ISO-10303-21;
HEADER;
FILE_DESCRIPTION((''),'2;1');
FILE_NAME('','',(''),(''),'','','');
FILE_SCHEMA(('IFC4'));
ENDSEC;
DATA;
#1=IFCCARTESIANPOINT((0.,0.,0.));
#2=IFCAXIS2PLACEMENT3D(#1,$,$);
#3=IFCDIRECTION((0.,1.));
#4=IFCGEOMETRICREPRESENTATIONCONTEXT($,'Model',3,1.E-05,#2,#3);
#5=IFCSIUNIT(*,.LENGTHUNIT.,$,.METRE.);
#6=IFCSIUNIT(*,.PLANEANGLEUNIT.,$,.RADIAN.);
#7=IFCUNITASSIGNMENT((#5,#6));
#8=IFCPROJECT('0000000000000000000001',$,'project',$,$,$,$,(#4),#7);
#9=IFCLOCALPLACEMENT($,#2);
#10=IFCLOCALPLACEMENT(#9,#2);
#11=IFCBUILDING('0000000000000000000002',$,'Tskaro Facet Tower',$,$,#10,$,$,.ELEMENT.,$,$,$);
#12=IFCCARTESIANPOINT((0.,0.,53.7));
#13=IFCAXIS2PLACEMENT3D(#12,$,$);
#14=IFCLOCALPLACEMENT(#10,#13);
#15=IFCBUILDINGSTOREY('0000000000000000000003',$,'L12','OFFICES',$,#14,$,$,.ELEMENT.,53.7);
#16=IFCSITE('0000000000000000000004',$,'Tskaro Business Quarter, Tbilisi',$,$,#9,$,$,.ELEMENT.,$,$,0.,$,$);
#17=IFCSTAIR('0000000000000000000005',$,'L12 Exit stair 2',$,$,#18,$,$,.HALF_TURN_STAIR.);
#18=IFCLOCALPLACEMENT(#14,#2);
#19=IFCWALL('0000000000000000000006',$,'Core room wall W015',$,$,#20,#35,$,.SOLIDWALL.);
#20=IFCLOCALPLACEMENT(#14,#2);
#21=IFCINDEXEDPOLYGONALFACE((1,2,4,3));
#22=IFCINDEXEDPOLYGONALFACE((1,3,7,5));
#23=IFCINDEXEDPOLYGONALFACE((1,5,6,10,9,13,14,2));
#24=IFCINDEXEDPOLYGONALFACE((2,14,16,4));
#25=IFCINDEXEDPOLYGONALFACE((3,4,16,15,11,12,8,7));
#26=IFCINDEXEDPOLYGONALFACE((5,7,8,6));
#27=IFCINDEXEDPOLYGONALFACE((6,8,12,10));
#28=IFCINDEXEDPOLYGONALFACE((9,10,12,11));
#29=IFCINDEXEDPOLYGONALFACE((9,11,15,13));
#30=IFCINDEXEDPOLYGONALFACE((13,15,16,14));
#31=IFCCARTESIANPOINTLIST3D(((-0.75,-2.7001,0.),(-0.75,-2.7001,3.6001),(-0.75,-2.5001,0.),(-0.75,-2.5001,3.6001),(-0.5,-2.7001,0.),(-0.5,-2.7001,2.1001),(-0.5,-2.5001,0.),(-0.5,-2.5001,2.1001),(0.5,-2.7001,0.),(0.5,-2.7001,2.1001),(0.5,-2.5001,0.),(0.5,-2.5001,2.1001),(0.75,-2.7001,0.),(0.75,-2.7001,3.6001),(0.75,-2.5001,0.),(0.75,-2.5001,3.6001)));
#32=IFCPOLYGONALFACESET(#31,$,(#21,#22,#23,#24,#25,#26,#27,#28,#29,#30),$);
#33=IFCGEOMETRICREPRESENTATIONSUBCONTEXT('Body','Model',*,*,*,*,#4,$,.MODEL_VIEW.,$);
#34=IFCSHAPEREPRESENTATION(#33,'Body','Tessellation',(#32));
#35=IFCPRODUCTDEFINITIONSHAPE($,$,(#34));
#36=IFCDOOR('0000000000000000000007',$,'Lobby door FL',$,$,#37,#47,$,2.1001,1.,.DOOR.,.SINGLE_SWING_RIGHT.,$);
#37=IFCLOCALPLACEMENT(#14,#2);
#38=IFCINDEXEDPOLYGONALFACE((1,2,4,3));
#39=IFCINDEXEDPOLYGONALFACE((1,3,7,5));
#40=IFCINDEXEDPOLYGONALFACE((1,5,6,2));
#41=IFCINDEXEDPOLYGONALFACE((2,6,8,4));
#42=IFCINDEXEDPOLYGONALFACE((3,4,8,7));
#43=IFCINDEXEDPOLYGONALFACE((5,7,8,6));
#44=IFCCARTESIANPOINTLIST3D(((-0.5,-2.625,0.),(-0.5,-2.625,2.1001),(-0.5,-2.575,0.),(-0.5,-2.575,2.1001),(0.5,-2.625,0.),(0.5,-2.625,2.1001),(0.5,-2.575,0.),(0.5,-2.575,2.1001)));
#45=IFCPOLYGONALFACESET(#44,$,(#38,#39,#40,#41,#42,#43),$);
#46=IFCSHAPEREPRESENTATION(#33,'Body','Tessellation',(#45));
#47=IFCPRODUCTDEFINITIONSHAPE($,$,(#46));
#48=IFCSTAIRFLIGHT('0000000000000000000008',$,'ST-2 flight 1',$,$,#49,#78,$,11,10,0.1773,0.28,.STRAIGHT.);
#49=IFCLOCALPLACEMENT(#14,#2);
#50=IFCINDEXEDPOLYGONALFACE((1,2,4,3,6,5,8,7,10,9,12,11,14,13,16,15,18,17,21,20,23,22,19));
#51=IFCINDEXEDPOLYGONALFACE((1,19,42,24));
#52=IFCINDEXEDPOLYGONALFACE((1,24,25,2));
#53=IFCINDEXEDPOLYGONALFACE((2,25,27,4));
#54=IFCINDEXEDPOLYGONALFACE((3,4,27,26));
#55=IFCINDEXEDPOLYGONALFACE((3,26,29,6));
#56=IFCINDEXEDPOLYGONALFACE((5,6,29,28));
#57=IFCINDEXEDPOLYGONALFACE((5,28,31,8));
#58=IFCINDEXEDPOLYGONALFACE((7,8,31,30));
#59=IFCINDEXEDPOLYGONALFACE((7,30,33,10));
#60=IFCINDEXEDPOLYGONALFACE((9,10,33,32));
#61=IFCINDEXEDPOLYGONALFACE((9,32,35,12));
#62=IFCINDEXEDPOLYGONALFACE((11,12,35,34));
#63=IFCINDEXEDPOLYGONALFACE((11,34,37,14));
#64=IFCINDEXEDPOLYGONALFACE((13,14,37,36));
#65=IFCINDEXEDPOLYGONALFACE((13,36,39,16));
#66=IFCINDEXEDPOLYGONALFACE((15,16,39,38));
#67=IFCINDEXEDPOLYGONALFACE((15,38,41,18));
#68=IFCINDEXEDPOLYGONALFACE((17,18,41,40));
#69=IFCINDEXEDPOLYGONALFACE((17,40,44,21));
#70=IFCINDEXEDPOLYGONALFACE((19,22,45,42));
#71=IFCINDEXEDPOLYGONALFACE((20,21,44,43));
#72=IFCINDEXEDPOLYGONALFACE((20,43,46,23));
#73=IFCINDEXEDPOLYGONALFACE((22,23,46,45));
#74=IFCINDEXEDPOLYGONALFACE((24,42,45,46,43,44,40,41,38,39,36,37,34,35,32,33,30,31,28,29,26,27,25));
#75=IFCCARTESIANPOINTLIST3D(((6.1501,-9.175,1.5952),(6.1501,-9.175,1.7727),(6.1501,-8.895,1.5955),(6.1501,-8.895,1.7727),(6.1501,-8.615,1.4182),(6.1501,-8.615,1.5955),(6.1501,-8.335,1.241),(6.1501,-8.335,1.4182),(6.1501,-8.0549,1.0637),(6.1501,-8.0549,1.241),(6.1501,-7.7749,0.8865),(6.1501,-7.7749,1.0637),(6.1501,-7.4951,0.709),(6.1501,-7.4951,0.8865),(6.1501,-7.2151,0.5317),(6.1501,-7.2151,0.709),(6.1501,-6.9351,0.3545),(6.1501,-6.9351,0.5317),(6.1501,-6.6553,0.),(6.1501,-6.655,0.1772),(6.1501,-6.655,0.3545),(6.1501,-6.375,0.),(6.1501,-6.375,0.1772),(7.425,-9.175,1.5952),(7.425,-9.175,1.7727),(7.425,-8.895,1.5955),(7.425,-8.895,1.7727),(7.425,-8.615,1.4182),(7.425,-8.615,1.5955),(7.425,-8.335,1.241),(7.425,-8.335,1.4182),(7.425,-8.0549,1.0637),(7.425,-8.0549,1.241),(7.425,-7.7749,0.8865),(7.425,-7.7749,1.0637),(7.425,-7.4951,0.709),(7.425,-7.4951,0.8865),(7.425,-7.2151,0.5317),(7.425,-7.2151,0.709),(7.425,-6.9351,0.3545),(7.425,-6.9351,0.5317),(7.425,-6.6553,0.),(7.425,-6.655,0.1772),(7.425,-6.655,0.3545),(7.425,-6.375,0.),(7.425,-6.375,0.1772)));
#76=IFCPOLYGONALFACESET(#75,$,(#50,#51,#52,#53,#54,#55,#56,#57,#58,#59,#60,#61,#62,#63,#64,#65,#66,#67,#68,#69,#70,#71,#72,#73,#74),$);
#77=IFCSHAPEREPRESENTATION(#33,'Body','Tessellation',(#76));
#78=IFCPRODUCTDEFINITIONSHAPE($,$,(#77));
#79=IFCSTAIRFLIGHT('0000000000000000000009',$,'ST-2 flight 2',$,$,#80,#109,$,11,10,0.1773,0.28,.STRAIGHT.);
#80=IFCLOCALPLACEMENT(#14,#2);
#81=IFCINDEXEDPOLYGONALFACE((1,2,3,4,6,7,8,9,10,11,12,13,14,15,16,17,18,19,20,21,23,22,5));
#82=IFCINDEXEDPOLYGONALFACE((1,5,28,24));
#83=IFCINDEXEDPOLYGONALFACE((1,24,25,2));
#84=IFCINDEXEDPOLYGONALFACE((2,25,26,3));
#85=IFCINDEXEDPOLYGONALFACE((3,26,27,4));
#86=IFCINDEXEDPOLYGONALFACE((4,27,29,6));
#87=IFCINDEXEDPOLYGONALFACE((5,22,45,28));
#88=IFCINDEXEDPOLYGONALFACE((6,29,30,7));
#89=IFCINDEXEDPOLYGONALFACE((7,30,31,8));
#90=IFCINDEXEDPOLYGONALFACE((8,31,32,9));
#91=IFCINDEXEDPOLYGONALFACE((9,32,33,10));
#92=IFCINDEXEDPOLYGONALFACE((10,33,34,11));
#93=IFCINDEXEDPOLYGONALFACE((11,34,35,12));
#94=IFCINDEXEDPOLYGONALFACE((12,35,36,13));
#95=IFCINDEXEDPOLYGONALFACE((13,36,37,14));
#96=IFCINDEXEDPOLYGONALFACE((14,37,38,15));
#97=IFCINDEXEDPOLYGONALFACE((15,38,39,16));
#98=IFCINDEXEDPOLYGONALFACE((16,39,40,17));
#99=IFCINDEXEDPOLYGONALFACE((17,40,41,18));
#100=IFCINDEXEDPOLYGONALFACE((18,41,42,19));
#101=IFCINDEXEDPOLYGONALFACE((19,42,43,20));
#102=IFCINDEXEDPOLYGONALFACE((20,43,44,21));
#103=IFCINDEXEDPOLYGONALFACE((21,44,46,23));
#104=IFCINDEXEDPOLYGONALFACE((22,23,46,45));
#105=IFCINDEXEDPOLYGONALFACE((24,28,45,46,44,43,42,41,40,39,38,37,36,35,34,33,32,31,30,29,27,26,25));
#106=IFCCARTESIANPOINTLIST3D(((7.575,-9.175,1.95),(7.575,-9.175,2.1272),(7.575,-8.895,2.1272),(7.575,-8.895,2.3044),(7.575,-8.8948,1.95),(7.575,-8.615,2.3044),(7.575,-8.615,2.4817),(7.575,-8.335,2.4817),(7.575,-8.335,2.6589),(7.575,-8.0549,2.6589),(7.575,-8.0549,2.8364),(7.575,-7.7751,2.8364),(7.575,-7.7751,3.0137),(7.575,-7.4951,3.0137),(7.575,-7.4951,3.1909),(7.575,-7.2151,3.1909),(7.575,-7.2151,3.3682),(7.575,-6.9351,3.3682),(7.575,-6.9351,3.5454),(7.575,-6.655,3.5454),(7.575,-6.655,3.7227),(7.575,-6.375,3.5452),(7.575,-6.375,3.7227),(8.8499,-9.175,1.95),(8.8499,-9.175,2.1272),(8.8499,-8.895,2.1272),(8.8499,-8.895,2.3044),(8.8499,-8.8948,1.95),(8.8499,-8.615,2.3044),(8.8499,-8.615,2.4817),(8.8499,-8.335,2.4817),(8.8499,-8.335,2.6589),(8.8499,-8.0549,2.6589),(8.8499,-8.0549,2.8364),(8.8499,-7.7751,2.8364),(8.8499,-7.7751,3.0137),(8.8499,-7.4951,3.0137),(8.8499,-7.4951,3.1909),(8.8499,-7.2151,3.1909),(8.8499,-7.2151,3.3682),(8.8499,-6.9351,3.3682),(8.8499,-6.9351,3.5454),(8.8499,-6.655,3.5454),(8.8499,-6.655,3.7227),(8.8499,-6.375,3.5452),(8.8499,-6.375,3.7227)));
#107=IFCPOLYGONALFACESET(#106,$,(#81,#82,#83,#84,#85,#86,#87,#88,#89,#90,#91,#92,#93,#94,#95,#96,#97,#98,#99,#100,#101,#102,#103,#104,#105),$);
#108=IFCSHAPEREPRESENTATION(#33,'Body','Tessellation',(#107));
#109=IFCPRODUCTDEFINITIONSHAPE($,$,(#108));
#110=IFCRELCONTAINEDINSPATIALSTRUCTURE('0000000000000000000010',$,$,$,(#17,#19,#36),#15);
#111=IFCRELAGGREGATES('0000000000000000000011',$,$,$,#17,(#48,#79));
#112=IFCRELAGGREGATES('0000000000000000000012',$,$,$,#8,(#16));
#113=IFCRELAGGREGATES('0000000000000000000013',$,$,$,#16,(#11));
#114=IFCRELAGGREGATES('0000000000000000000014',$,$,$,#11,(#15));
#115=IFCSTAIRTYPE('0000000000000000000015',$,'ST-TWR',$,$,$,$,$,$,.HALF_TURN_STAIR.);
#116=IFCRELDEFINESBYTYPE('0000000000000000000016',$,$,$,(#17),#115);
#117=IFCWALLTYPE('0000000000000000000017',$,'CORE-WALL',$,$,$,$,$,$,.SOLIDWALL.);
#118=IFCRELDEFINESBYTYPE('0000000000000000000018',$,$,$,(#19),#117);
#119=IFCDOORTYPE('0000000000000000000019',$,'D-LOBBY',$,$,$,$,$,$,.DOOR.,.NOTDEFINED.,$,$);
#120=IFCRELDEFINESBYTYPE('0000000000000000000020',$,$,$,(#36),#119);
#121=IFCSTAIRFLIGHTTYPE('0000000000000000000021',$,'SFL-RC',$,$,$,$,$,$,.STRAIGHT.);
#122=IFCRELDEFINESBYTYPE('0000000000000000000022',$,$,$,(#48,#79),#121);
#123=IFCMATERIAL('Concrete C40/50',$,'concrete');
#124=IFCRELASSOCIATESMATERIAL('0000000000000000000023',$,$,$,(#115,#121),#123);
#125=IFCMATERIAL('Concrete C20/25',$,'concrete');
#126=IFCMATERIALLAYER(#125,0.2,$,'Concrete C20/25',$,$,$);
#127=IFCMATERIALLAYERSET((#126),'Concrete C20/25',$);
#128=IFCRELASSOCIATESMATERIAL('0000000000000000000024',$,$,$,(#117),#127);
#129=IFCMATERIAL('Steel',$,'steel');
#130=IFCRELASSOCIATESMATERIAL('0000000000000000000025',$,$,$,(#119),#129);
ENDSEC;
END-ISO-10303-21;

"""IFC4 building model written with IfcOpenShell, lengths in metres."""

from ifc_helpers import new_model, si_unit, direction, frame, frame_2d, origin, place, context, subcontext, project, spatial, polyline, rectangle, outline, extrude, material, layer, layer_set, type_object, element, fill, aggregate, save


model = new_model("IFC4")

# Units and contexts
model_context = context("Model", 3, precision=1e-05, world=origin(), true_north=direction((0.0, 1.0)))
body_context = subcontext(model_context, "Body", "Model", "MODEL_VIEW")
ifc_project = project(units=[si_unit("LENGTHUNIT", "METRE"), si_unit("PLANEANGLEUNIT", "RADIAN")], contexts=[model_context])

# Site, building, storey
site_placement = place(None, origin())
site = spatial("IfcSite", under=ifc_project, at=site_placement, Name="Tskaro Business Quarter, Tbilisi", CompositionType="ELEMENT", RefElevation=0.0)
building_placement = place(site_placement, origin())
building = spatial("IfcBuilding", under=site, at=building_placement, Name="Tskaro Facet Tower", CompositionType="ELEMENT")
storey_placement = place(building_placement, frame((0.0, 0.0, 53.7)))
storey = spatial("IfcBuildingStorey", under=building, at=storey_placement, Name="L12", Description="OFFICES", CompositionType="ELEMENT", Elevation=53.7)

# Stair
ifc_material_1 = material(Name="Concrete C40/50", Category="concrete")
stair_type = type_object("IfcStairType", Name="ST-TWR", PredefinedType="HALF_TURN_STAIR", material=ifc_material_1)
stair_1_placement = place(storey_placement, origin())
stair_1 = element("IfcStair", 1, at=stair_1_placement, inside=storey, type_object=stair_type, Name="L12 Exit stair 2", PredefinedType="HALF_TURN_STAIR")

# Shared definitions
ifc_material_2 = material(Name="Steel", Category="steel")

# Wall, opening, door
ifc_material_3 = material(Name="Concrete C20/25", Category="concrete")
ifc_layer_1 = layer(ifc_material_3, 0.2, Name="Concrete C20/25")
ifc_layer_set_1 = layer_set([ifc_layer_1], Name="Concrete C20/25")
wall_type_1 = type_object("IfcWallType", Name="CORE-WALL", PredefinedType="SOLIDWALL", material=ifc_layer_set_1)
wall_1_placement = place(storey_placement, frame((0.75, -2.6001, 0.0), z_axis=(0.0, 0.0, 1.0), x_axis=(-1.0, 0.0, 0.0)))
wall_1 = element("IfcWall", 2, at=wall_1_placement, inside=storey, type_object=wall_type_1, Name="Core room wall W015", PredefinedType="SOLIDWALL", context=body_context, shape_type="SweptSolid", body=[
    extrude(rectangle(XDim=1.5, YDim=0.2, at=frame_2d((0.75, 0.0))), origin(), (0.0, 0.0, 1.0), 3.6001),
])
opening_1_placement = place(wall_1_placement, frame((0.25, 0.0, 0.0)))
opening_1 = element("IfcOpeningElement", 3, at=opening_1_placement, cuts=wall_1, PredefinedType="OPENING", context=body_context, shape_type="SweptSolid", body=[
    extrude(rectangle(XDim=1.0, YDim=2.1001, at=frame_2d((0.5, 1.05))), frame((0.0, 0.1099, 0.0), z_axis=(0.0, -1.0, 0.0), x_axis=(1.0, 0.0, 0.0)), (0.0, 0.0, 1.0), 0.22),
])
door_type_1 = type_object("IfcDoorType", Name="D-LOBBY", OperationType="NOTDEFINED", PredefinedType="DOOR", material=ifc_material_2)
door_1_placement = place(opening_1_placement, origin())
door_1 = element("IfcDoor", 4, at=door_1_placement, inside=storey, type_object=door_type_1, Name="Lobby door FL", OperationType="SINGLE_SWING_RIGHT", OverallHeight=2.1001, OverallWidth=1.0, PredefinedType="DOOR", context=body_context, shape_type="SweptSolid", body=[
    extrude(rectangle(XDim=1.0, YDim=2.1001, at=frame_2d((0.5, 1.05))), frame((0.0, 0.0249, 0.0), z_axis=(0.0, -1.0, 0.0), x_axis=(1.0, 0.0, 0.0)), (0.0, 0.0, 1.0), 0.05),
])
fill(opening_1, door_1)

# Stair flights
stair_flight_type = type_object("IfcStairFlightType", Name="SFL-RC", PredefinedType="STRAIGHT", material=ifc_material_1)
stair_flight_1_placement = place(storey_placement, frame((6.7876, -6.375, 0.0), z_axis=(0.0, 0.0, 1.0), x_axis=(0.0, -1.0, 0.0)))
stair_flight_1 = element("IfcStairFlight", 5, at=stair_flight_1_placement, type_object=stair_flight_type, Name="ST-2 flight 1", NumberOfRisers=11, NumberOfTreads=10, PredefinedType="STRAIGHT", RiserHeight=0.1773, TreadLength=0.28, context=body_context, shape_type="SweptSolid", body=[
    extrude(outline(polyline([(0.0, 0.0), (0.0, 0.1772), (0.28, 0.1772), (0.28, 0.3545), (0.5601, 0.3545), (0.5601, 0.5317), (0.8401, 0.5317), (0.8401, 0.709), (1.1201, 0.709), (1.1201, 0.8865), (1.3999, 0.8865), (1.3999, 1.0637), (1.6799, 1.0637), (1.6799, 1.241), (1.96, 1.241), (1.96, 1.4182), (2.24, 1.4182), (2.24, 1.5955), (2.52, 1.5955), (2.52, 1.7727), (2.8, 1.7727), (2.8, 1.95), (2.8, 1.5952), (0.2803, 0.0), (0.0, 0.0)])), frame((0.0, 0.6375, 0.0), z_axis=(0.0, -1.0, 0.0), x_axis=(1.0, 0.0, 0.0)), (0.0, 0.0, 1.0), 1.2749),
])
stair_flight_2_placement = place(storey_placement, frame((8.2124, -9.175, 1.95), z_axis=(0.0, 0.0, 1.0), x_axis=(0.0, 1.0, 0.0)))
stair_flight_2 = element("IfcStairFlight", 6, at=stair_flight_2_placement, type_object=stair_flight_type, Name="ST-2 flight 2", NumberOfRisers=11, NumberOfTreads=10, PredefinedType="STRAIGHT", RiserHeight=0.1773, TreadLength=0.28, context=body_context, shape_type="SweptSolid", body=[
    extrude(outline(polyline([(0.0, 0.0), (0.0, 0.1772), (0.28, 0.1772), (0.28, 0.3545), (0.5601, 0.3545), (0.5601, 0.5317), (0.8401, 0.5317), (0.8401, 0.709), (1.1201, 0.709), (1.1201, 0.8865), (1.3999, 0.8865), (1.3999, 1.0637), (1.6799, 1.0637), (1.6799, 1.241), (1.96, 1.241), (1.96, 1.4182), (2.24, 1.4182), (2.24, 1.5955), (2.52, 1.5955), (2.52, 1.7727), (2.8, 1.7727), (2.8, 1.95), (2.8, 1.5952), (0.2803, 0.0), (0.0, 0.0)])), frame((0.0, 0.6375, 0.0), z_axis=(0.0, -1.0, 0.0), x_axis=(1.0, 0.0, 0.0)), (0.0, 0.0, 1.0), 1.2749),
])
aggregate(stair_1, [stair_flight_1, stair_flight_2])

save(model, "model.ifc")
